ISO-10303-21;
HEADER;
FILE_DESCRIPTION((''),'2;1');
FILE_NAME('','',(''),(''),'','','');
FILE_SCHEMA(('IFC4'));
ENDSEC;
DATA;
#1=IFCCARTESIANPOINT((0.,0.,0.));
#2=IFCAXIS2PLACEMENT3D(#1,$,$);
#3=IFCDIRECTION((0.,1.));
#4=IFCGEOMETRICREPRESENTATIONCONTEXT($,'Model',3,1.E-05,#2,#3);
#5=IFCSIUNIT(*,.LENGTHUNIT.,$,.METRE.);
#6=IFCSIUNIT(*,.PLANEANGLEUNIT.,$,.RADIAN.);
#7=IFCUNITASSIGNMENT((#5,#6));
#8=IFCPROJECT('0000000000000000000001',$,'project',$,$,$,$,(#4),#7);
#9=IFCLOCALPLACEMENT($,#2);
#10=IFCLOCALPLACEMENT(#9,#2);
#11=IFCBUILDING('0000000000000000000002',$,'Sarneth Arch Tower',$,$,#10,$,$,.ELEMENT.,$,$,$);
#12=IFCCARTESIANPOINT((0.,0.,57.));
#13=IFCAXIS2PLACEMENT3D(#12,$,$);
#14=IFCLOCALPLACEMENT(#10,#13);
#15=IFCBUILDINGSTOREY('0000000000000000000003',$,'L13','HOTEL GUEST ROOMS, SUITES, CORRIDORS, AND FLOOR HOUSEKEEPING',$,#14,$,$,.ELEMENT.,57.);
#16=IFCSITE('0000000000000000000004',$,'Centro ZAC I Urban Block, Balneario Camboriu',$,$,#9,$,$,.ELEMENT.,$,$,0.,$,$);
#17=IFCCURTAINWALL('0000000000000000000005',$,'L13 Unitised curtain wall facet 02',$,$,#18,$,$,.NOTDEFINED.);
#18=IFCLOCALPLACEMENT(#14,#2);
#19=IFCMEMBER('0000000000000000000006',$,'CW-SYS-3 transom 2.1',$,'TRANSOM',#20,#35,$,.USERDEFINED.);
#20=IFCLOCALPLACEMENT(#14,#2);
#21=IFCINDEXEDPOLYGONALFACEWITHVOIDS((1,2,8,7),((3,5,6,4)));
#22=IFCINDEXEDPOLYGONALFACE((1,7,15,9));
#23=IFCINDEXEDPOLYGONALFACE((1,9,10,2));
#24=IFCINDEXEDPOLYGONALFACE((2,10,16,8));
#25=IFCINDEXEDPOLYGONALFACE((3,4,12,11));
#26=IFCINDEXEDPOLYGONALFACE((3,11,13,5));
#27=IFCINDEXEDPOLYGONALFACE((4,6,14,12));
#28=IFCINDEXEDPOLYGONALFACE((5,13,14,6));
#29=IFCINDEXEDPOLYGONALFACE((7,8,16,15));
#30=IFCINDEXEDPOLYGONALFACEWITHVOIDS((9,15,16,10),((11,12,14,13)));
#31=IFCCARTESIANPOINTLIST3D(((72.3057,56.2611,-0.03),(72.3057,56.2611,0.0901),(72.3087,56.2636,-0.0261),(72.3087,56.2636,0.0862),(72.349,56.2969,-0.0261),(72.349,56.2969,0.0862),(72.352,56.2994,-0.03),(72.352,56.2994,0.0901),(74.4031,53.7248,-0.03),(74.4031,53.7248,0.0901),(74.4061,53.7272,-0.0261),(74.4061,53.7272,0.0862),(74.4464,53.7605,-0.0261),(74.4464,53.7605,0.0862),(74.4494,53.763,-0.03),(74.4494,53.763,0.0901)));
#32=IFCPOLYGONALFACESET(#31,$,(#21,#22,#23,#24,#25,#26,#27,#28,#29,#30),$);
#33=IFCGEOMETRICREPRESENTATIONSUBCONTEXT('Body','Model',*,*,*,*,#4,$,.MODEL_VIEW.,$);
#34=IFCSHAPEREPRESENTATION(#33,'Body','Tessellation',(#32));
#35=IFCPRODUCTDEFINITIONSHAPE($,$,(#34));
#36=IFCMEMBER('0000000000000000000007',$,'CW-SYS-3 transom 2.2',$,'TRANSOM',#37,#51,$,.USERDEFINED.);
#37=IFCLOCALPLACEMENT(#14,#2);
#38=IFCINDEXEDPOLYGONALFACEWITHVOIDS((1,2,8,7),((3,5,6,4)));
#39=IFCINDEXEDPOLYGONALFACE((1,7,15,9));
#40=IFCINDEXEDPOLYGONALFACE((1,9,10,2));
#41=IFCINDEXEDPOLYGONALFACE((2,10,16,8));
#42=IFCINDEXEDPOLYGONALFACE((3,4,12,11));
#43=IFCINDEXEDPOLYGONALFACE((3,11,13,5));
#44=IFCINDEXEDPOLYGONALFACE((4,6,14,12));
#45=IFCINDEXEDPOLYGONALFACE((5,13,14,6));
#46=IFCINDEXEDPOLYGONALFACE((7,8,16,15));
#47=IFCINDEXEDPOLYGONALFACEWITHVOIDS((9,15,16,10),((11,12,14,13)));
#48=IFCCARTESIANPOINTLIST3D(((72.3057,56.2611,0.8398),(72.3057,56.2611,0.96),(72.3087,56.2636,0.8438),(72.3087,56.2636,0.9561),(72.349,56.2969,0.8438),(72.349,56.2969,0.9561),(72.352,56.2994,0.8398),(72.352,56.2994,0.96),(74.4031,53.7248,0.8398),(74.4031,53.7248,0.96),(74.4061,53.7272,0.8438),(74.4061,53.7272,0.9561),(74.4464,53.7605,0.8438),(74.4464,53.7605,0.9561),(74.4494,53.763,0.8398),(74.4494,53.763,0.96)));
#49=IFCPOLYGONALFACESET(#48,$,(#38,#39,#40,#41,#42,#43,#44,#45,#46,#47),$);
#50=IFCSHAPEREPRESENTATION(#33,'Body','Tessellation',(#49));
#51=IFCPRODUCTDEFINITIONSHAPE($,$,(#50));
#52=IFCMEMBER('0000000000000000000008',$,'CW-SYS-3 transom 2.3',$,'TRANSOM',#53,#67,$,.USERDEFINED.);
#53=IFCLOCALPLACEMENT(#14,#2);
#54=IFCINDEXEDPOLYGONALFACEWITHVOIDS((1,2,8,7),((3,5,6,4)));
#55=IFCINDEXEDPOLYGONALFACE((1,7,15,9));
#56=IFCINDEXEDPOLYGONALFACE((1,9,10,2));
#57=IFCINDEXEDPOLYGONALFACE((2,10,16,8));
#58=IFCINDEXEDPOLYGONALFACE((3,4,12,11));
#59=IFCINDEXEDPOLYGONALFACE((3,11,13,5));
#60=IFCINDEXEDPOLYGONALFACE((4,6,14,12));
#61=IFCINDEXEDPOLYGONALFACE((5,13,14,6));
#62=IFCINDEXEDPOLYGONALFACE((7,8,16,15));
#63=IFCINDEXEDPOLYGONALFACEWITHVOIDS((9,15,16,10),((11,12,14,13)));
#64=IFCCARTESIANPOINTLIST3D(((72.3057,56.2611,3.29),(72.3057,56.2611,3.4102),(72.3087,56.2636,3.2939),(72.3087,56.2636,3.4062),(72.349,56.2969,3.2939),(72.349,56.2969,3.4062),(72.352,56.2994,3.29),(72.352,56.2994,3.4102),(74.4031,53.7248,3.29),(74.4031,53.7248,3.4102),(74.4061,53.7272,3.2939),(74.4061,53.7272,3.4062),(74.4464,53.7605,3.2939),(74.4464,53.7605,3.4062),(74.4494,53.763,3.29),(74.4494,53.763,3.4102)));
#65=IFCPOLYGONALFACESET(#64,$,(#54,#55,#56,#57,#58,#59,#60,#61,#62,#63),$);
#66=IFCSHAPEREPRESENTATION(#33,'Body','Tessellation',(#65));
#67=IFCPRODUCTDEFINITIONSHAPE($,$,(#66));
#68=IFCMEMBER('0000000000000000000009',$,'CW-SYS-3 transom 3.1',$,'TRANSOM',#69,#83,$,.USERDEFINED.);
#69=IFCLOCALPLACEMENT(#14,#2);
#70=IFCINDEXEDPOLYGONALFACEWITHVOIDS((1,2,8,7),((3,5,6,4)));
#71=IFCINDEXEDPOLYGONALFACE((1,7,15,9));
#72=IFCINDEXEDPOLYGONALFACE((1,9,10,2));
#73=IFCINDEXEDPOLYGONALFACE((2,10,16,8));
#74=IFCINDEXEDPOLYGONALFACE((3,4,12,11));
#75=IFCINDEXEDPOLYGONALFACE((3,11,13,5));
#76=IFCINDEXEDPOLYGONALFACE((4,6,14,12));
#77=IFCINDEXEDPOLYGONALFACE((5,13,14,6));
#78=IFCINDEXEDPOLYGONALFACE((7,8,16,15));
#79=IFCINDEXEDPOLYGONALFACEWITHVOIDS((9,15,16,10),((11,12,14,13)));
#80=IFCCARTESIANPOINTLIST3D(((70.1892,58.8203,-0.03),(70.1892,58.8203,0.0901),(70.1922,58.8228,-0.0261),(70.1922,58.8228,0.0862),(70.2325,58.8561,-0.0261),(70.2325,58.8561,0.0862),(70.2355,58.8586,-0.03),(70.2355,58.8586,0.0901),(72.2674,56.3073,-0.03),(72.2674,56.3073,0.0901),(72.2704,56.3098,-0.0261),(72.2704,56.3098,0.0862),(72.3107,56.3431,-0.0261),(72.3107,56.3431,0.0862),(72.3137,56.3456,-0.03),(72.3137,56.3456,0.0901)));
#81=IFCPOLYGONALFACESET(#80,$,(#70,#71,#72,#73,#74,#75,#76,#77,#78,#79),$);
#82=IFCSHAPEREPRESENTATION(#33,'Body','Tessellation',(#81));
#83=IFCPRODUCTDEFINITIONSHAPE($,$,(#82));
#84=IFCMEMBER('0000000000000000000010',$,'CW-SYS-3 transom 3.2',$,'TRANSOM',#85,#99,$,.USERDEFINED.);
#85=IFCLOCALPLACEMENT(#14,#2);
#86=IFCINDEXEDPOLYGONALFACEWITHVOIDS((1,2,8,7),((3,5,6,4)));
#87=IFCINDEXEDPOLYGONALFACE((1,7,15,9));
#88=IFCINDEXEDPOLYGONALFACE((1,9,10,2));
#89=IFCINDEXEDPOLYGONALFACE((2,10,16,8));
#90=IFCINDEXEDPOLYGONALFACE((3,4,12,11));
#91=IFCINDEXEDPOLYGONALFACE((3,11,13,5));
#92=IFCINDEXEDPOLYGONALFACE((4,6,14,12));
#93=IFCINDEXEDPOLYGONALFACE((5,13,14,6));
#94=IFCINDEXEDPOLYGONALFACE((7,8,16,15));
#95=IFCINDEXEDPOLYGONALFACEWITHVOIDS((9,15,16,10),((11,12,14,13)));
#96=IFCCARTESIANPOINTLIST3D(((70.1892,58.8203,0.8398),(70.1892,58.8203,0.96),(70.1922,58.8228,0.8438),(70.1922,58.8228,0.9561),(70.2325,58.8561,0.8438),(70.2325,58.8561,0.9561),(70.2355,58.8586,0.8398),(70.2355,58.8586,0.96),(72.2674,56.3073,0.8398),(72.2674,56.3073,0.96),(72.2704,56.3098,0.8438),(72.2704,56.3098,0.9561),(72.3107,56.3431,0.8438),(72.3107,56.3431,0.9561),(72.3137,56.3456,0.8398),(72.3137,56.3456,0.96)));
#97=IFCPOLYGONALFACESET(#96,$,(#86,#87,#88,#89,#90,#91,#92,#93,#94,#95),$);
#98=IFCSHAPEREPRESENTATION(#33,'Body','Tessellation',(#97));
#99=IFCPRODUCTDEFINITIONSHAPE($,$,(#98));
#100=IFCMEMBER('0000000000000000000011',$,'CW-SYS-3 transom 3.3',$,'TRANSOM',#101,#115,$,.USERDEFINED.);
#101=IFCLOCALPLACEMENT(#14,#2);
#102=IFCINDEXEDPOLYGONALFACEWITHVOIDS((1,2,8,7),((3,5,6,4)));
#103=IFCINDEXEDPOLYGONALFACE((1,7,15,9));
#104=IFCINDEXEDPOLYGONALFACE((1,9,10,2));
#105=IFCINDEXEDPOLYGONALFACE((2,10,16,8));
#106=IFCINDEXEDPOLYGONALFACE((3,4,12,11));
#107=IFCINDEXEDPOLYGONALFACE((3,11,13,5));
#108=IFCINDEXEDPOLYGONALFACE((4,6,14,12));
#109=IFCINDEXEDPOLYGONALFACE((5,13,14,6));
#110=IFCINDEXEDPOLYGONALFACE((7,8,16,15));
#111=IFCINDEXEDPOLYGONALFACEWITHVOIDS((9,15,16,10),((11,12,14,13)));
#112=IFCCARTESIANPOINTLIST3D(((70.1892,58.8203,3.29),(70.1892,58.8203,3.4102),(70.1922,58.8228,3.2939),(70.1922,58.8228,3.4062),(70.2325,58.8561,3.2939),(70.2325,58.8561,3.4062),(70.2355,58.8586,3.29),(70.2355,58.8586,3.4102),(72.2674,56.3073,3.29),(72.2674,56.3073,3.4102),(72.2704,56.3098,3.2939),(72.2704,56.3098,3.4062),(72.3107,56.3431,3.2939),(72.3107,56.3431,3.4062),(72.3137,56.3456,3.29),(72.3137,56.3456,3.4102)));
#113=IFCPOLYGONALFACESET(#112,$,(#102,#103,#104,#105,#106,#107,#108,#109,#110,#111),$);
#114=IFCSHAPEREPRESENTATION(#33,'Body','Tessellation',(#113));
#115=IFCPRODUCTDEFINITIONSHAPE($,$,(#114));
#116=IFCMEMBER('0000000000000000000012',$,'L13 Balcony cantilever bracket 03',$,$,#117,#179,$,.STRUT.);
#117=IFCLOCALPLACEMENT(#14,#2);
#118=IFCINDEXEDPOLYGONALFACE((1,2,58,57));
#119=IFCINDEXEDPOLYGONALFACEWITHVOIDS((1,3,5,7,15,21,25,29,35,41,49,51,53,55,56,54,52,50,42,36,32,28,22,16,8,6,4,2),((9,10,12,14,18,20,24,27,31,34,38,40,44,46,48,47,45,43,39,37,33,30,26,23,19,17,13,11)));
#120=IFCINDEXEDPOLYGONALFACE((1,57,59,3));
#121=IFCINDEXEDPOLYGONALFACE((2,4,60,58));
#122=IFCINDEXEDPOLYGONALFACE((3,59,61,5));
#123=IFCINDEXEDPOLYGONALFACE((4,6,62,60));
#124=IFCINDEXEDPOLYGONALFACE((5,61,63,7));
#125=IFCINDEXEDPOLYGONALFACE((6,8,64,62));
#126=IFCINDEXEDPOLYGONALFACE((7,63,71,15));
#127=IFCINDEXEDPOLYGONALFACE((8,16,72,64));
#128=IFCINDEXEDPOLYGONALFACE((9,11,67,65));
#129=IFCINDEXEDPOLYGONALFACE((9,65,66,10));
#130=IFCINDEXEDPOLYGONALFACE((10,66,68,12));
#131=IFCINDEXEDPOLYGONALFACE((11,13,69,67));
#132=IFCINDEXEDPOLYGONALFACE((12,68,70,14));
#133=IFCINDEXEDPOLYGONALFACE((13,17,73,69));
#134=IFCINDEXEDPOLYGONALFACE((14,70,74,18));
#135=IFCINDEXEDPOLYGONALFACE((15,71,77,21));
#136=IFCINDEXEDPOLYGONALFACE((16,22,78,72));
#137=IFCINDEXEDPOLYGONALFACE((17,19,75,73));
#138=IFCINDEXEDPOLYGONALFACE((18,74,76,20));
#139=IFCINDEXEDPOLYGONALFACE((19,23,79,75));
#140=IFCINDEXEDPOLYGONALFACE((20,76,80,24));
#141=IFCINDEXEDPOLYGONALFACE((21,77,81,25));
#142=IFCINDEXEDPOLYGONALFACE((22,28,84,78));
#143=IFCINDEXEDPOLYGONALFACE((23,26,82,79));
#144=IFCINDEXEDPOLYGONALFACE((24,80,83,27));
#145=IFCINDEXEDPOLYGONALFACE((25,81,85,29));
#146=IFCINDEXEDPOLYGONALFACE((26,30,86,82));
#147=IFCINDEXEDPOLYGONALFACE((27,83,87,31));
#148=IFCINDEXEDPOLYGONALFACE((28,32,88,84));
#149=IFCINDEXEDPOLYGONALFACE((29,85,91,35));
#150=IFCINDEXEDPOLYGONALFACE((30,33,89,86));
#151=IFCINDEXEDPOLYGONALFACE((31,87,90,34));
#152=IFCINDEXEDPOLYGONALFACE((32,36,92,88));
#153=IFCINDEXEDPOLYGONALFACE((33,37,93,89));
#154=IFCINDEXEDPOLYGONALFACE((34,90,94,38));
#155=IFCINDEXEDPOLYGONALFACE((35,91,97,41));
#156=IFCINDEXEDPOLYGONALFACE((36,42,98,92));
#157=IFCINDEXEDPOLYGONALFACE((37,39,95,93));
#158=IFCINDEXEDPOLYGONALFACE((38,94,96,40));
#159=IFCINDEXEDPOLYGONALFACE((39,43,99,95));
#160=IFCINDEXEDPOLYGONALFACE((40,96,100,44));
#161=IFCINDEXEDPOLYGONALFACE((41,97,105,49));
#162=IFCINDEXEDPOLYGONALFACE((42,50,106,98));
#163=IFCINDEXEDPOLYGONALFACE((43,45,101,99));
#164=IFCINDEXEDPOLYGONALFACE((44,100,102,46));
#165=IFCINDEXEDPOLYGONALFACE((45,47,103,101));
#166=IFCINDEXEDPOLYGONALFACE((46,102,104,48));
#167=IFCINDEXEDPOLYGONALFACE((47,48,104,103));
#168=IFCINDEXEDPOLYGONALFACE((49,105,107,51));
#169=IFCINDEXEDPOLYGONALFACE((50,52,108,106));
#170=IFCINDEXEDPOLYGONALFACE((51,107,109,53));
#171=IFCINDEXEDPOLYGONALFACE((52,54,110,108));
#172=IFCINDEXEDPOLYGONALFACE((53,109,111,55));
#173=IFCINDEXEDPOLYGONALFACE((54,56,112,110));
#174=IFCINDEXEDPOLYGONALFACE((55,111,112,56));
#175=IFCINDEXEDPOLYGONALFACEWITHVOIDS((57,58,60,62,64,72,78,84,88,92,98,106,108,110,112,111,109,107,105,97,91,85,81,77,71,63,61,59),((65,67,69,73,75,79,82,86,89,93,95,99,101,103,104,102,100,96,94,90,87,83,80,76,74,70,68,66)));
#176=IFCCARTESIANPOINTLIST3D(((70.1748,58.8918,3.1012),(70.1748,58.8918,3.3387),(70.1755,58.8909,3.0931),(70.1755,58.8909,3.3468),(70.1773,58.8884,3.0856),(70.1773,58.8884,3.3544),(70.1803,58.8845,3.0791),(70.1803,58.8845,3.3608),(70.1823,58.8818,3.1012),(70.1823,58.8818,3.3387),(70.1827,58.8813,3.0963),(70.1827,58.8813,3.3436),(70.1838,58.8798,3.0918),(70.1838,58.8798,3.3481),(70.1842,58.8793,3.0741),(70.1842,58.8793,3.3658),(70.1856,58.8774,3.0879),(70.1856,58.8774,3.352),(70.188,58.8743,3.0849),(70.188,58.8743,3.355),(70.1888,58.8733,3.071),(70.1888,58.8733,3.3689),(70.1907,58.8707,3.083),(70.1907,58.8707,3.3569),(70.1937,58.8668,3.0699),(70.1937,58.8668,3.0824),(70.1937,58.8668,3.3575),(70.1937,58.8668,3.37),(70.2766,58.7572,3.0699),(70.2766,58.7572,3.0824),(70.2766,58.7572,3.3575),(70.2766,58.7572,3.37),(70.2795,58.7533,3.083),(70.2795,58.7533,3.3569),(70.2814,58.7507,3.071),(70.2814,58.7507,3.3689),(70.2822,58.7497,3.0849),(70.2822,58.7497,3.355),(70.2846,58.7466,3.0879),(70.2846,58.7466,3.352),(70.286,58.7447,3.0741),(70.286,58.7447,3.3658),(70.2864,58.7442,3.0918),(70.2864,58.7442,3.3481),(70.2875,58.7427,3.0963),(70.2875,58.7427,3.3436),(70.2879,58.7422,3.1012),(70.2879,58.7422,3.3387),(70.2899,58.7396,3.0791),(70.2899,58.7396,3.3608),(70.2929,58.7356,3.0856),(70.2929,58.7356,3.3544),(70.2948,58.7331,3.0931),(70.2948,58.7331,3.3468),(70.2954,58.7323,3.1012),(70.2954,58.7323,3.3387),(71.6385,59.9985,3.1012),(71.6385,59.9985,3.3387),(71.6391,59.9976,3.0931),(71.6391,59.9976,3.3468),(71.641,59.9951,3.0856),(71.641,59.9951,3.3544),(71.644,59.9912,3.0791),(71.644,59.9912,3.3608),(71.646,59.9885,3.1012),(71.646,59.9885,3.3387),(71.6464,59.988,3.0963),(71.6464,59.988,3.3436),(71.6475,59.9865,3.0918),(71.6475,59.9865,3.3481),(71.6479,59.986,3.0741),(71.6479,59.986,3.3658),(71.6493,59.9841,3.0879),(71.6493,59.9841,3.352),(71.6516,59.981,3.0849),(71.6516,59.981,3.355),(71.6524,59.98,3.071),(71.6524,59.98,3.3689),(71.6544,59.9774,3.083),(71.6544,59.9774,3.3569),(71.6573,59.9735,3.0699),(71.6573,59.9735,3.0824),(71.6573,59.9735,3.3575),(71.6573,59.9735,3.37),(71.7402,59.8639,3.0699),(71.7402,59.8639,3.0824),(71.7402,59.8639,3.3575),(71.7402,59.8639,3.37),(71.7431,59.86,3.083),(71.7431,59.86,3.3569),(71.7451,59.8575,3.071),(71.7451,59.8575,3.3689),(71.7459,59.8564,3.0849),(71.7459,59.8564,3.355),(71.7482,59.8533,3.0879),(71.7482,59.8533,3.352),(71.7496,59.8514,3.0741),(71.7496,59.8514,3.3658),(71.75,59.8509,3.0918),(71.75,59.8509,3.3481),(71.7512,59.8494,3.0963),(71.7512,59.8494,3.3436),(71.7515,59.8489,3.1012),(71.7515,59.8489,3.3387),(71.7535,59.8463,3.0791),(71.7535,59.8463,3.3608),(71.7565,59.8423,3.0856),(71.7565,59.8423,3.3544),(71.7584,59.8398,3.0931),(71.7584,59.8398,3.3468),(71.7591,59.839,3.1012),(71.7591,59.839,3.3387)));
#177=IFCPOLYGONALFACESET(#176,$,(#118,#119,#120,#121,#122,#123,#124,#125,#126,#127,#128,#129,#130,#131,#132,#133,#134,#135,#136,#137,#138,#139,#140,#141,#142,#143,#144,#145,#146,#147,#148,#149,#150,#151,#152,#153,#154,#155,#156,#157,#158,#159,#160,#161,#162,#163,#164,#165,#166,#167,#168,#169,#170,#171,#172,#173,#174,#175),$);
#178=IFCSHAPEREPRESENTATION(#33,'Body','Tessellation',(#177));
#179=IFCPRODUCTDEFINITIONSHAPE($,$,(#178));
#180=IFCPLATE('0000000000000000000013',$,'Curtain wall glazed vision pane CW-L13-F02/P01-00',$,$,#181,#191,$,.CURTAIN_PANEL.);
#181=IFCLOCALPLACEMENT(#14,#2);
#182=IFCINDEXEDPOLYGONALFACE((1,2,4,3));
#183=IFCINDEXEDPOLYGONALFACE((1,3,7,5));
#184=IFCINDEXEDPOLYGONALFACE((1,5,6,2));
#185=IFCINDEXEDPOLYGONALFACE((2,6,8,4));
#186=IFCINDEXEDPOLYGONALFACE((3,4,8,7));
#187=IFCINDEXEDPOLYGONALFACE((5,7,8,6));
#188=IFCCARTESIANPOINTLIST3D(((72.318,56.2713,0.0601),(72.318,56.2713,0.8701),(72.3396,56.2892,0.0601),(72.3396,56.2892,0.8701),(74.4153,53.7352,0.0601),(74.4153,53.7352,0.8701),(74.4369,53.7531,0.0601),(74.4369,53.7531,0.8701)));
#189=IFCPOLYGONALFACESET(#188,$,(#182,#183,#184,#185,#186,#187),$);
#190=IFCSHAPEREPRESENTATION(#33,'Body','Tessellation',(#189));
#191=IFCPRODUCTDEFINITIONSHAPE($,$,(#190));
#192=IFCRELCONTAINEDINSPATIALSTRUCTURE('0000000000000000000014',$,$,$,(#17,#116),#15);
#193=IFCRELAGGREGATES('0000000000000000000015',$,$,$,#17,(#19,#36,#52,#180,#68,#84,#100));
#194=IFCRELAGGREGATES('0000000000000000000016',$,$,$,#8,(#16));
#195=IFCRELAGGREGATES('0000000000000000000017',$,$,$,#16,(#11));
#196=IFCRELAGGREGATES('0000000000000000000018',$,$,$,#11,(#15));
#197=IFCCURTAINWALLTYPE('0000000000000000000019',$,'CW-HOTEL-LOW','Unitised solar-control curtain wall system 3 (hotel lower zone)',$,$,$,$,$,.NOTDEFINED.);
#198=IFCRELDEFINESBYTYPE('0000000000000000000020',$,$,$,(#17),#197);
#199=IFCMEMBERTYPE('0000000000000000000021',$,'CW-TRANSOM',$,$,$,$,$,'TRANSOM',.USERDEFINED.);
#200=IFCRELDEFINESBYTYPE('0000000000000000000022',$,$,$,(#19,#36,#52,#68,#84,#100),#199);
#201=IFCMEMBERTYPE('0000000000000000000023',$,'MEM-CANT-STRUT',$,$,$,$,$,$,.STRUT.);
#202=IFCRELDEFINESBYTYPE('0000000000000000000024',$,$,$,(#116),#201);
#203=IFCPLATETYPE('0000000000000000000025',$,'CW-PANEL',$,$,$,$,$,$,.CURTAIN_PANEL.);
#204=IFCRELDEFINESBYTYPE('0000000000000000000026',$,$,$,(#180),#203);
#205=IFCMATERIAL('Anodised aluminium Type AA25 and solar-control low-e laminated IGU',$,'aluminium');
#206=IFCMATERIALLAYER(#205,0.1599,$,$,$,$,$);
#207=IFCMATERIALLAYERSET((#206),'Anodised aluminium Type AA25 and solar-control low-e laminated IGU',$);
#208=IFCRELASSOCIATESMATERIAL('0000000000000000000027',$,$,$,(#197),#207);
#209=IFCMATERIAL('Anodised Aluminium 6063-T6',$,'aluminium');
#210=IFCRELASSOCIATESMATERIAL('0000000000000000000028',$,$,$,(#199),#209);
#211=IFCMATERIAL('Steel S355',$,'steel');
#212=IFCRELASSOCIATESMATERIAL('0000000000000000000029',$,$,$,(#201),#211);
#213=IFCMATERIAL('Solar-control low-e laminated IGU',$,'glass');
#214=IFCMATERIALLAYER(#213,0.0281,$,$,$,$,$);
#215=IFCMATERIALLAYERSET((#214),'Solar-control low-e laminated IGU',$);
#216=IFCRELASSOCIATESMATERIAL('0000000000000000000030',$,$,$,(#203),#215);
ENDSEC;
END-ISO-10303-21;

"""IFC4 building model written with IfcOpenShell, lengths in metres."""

from ifc_helpers import new_model, si_unit, direction, frame, origin, origin_2d, place, context, subcontext, project, spatial, rectangle, hollow_rectangle, extrude, material, layer, layer_set, material_profile, profile_set, type_object, element, aggregate, save


model = new_model("IFC4")

# Units and contexts
model_context = context("Model", 3, precision=1e-05, world=origin(), true_north=direction((0.0, 1.0)))
body_context = subcontext(model_context, "Body", "Model", "MODEL_VIEW")
ifc_project = project(units=[si_unit("LENGTHUNIT", "METRE"), si_unit("PLANEANGLEUNIT", "RADIAN")], contexts=[model_context])

# Site, building, storey
site_placement = place(None, origin())
site = spatial("IfcSite", under=ifc_project, at=site_placement, Name="Centro ZAC I Urban Block, Balneario Camboriu", CompositionType="ELEMENT", RefElevation=0.0)
building_placement = place(site_placement, origin())
building = spatial("IfcBuilding", under=site, at=building_placement, Name="Sarneth Arch Tower", CompositionType="ELEMENT")
storey_placement = place(building_placement, frame((0.0, 0.0, 57.0)))
storey = spatial("IfcBuildingStorey", under=building, at=storey_placement, Name="L13", Description="HOTEL GUEST ROOMS, SUITES, CORRIDORS, AND FLOOR HOUSEKEEPING", CompositionType="ELEMENT", Elevation=57.0)

# Curtain wall, members
ifc_material_1 = material(Name="Anodised aluminium Type AA25 and solar-control low-e laminated IGU", Category="aluminium")
ifc_layer_1 = layer(ifc_material_1, 0.1599)
ifc_layer_set_1 = layer_set([ifc_layer_1], Name="Anodised aluminium Type AA25 and solar-control low-e laminated IGU")
curtain_wall_type = type_object("IfcCurtainWallType", Name="CW-HOTEL-LOW", Description="Unitised solar-control curtain wall system 3 (hotel lower zone)", PredefinedType="NOTDEFINED", material=ifc_layer_set_1)
curtain_wall_placement = place(storey_placement, origin())
curtain_wall = element("IfcCurtainWall", 1, at=curtain_wall_placement, inside=storey, type_object=curtain_wall_type, Name="L13 Unitised curtain wall facet 02", PredefinedType="NOTDEFINED")
ifc_material_2 = material(Name="Anodised Aluminium 6063-T6", Category="aluminium")
ifc_material_profile_1 = material_profile(ifc_material_2, hollow_rectangle(XDim=0.0601, YDim=0.1201, WallThickness=0.0039, at=origin_2d()), Name="AL-TRAN-120x60x4")
ifc_profile_set_1 = profile_set([ifc_material_profile_1], Name="Anodised Aluminium 6063-T6")
member_type_1 = type_object("IfcMemberType", Name="CW-TRANSOM", ElementType="TRANSOM", PredefinedType="USERDEFINED", material=ifc_profile_set_1)
member_1_placement = place(storey_placement, frame((74.4263, 53.7439, 0.03), z_axis=(-0.637269, 0.770642, 0.0), x_axis=(-0.770642, -0.637269, 0.0)))
member_1 = element("IfcMember", 2, at=member_1_placement, type_object=member_type_1, Name="CW-SYS-3 transom 2.1", ObjectType="TRANSOM", PredefinedType="USERDEFINED", context=body_context, shape_type="SweptSolid", body=[
    extrude(hollow_rectangle(XDim=0.0601, YDim=0.1201, WallThickness=0.0039, at=origin_2d()), origin(), (0.0, 0.0, 1.0), 3.2913),
])
member_2_placement = place(storey_placement, frame((74.4263, 53.7439, 0.8999), z_axis=(-0.637269, 0.770642, 0.0), x_axis=(-0.770642, -0.637269, 0.0)))
member_2 = element("IfcMember", 3, at=member_2_placement, type_object=member_type_1, Name="CW-SYS-3 transom 2.2", ObjectType="TRANSOM", PredefinedType="USERDEFINED", context=body_context, shape_type="SweptSolid", body=[
    extrude(hollow_rectangle(XDim=0.0601, YDim=0.1201, WallThickness=0.0039, at=origin_2d()), origin(), (0.0, 0.0, 1.0), 3.2913),
])
member_3_placement = place(storey_placement, frame((74.4263, 53.7439, 3.3501), z_axis=(-0.637269, 0.770642, 0.0), x_axis=(-0.770642, -0.637269, 0.0)))
member_3 = element("IfcMember", 4, at=member_3_placement, type_object=member_type_1, Name="CW-SYS-3 transom 2.3", ObjectType="TRANSOM", PredefinedType="USERDEFINED", context=body_context, shape_type="SweptSolid", body=[
    extrude(hollow_rectangle(XDim=0.0601, YDim=0.1201, WallThickness=0.0039, at=origin_2d()), origin(), (0.0, 0.0, 1.0), 3.2913),
])
member_4_placement = place(storey_placement, frame((72.2905, 56.3264, 0.03), z_axis=(-0.637286, 0.770628, 0.0), x_axis=(-0.770628, -0.637286, 0.0)))
member_4 = element("IfcMember", 5, at=member_4_placement, type_object=member_type_1, Name="CW-SYS-3 transom 3.1", ObjectType="TRANSOM", PredefinedType="USERDEFINED", context=body_context, shape_type="SweptSolid", body=[
    extrude(hollow_rectangle(XDim=0.0601, YDim=0.1201, WallThickness=0.0039, at=origin_2d()), origin(), (0.0, 0.0, 1.0), 3.261),
])
member_5_placement = place(storey_placement, frame((72.2905, 56.3264, 0.8999), z_axis=(-0.637286, 0.770628, 0.0), x_axis=(-0.770628, -0.637286, 0.0)))
member_5 = element("IfcMember", 6, at=member_5_placement, type_object=member_type_1, Name="CW-SYS-3 transom 3.2", ObjectType="TRANSOM", PredefinedType="USERDEFINED", context=body_context, shape_type="SweptSolid", body=[
    extrude(hollow_rectangle(XDim=0.0601, YDim=0.1201, WallThickness=0.0039, at=origin_2d()), origin(), (0.0, 0.0, 1.0), 3.261),
])
member_6_placement = place(storey_placement, frame((72.2905, 56.3264, 3.3501), z_axis=(-0.637286, 0.770628, 0.0), x_axis=(-0.770628, -0.637286, 0.0)))
member_6 = element("IfcMember", 7, at=member_6_placement, type_object=member_type_1, Name="CW-SYS-3 transom 3.3", ObjectType="TRANSOM", PredefinedType="USERDEFINED", context=body_context, shape_type="SweptSolid", body=[
    extrude(hollow_rectangle(XDim=0.0601, YDim=0.1201, WallThickness=0.0039, at=origin_2d()), origin(), (0.0, 0.0, 1.0), 3.261),
])

# Member
ifc_material_3 = material(Name="Steel S355", Category="steel")
ifc_material_profile_2 = material_profile(ifc_material_3, hollow_rectangle(XDim=0.2, YDim=0.3, WallThickness=0.0125, InnerFilletRadius=0.0188, OuterFilletRadius=0.0312, at=origin_2d()), Name="RHS300x200x12.5")
ifc_profile_set_2 = profile_set([ifc_material_profile_2], Name="Steel S355")
member_type_2 = type_object("IfcMemberType", Name="MEM-CANT-STRUT", PredefinedType="STRUT", material=ifc_profile_set_2)
member_7_placement = place(storey_placement, frame((70.2351, 58.812, 3.22), z_axis=(0.797647, 0.603125, 0.0), x_axis=(-0.603125, 0.797647, 0.0)))
element("IfcMember", 8, at=member_7_placement, inside=storey, type_object=member_type_2, Name="L13 Balcony cantilever bracket 03", PredefinedType="STRUT", context=body_context, shape_type="SweptSolid", body=[
    extrude(hollow_rectangle(XDim=0.2, YDim=0.3, WallThickness=0.0125, InnerFilletRadius=0.0188, OuterFilletRadius=0.0312, at=origin_2d()), origin(), (0.0, 0.0, 1.0), 1.835),
])

# Plate
ifc_material_4 = material(Name="Solar-control low-e laminated IGU", Category="glass")
ifc_layer_2 = layer(ifc_material_4, 0.0281)
ifc_layer_set_2 = layer_set([ifc_layer_2], Name="Solar-control low-e laminated IGU")
plate_type_1 = type_object("IfcPlateType", Name="CW-PANEL", PredefinedType="CURTAIN_PANEL", material=ifc_layer_set_2)
plate_1_placement = place(storey_placement, frame((73.3774, 55.0122, 0.0601), z_axis=(0.0, 0.0, 1.0), x_axis=(-0.637291, 0.770623, 0.0)))
plate_1 = element("IfcPlate", 9, at=plate_1_placement, type_object=plate_type_1, Name="Curtain wall glazed vision pane CW-L13-F02/P01-00", PredefinedType="CURTAIN_PANEL", context=body_context, shape_type="SweptSolid", body=[
    extrude(rectangle(XDim=3.291, YDim=0.0281, at=origin_2d()), origin(), (0.0, 0.0, 1.0), 0.8101),
])
aggregate(curtain_wall, [member_1, member_2, member_3, plate_1, member_4, member_5, member_6])

save(model, "model.ifc")
